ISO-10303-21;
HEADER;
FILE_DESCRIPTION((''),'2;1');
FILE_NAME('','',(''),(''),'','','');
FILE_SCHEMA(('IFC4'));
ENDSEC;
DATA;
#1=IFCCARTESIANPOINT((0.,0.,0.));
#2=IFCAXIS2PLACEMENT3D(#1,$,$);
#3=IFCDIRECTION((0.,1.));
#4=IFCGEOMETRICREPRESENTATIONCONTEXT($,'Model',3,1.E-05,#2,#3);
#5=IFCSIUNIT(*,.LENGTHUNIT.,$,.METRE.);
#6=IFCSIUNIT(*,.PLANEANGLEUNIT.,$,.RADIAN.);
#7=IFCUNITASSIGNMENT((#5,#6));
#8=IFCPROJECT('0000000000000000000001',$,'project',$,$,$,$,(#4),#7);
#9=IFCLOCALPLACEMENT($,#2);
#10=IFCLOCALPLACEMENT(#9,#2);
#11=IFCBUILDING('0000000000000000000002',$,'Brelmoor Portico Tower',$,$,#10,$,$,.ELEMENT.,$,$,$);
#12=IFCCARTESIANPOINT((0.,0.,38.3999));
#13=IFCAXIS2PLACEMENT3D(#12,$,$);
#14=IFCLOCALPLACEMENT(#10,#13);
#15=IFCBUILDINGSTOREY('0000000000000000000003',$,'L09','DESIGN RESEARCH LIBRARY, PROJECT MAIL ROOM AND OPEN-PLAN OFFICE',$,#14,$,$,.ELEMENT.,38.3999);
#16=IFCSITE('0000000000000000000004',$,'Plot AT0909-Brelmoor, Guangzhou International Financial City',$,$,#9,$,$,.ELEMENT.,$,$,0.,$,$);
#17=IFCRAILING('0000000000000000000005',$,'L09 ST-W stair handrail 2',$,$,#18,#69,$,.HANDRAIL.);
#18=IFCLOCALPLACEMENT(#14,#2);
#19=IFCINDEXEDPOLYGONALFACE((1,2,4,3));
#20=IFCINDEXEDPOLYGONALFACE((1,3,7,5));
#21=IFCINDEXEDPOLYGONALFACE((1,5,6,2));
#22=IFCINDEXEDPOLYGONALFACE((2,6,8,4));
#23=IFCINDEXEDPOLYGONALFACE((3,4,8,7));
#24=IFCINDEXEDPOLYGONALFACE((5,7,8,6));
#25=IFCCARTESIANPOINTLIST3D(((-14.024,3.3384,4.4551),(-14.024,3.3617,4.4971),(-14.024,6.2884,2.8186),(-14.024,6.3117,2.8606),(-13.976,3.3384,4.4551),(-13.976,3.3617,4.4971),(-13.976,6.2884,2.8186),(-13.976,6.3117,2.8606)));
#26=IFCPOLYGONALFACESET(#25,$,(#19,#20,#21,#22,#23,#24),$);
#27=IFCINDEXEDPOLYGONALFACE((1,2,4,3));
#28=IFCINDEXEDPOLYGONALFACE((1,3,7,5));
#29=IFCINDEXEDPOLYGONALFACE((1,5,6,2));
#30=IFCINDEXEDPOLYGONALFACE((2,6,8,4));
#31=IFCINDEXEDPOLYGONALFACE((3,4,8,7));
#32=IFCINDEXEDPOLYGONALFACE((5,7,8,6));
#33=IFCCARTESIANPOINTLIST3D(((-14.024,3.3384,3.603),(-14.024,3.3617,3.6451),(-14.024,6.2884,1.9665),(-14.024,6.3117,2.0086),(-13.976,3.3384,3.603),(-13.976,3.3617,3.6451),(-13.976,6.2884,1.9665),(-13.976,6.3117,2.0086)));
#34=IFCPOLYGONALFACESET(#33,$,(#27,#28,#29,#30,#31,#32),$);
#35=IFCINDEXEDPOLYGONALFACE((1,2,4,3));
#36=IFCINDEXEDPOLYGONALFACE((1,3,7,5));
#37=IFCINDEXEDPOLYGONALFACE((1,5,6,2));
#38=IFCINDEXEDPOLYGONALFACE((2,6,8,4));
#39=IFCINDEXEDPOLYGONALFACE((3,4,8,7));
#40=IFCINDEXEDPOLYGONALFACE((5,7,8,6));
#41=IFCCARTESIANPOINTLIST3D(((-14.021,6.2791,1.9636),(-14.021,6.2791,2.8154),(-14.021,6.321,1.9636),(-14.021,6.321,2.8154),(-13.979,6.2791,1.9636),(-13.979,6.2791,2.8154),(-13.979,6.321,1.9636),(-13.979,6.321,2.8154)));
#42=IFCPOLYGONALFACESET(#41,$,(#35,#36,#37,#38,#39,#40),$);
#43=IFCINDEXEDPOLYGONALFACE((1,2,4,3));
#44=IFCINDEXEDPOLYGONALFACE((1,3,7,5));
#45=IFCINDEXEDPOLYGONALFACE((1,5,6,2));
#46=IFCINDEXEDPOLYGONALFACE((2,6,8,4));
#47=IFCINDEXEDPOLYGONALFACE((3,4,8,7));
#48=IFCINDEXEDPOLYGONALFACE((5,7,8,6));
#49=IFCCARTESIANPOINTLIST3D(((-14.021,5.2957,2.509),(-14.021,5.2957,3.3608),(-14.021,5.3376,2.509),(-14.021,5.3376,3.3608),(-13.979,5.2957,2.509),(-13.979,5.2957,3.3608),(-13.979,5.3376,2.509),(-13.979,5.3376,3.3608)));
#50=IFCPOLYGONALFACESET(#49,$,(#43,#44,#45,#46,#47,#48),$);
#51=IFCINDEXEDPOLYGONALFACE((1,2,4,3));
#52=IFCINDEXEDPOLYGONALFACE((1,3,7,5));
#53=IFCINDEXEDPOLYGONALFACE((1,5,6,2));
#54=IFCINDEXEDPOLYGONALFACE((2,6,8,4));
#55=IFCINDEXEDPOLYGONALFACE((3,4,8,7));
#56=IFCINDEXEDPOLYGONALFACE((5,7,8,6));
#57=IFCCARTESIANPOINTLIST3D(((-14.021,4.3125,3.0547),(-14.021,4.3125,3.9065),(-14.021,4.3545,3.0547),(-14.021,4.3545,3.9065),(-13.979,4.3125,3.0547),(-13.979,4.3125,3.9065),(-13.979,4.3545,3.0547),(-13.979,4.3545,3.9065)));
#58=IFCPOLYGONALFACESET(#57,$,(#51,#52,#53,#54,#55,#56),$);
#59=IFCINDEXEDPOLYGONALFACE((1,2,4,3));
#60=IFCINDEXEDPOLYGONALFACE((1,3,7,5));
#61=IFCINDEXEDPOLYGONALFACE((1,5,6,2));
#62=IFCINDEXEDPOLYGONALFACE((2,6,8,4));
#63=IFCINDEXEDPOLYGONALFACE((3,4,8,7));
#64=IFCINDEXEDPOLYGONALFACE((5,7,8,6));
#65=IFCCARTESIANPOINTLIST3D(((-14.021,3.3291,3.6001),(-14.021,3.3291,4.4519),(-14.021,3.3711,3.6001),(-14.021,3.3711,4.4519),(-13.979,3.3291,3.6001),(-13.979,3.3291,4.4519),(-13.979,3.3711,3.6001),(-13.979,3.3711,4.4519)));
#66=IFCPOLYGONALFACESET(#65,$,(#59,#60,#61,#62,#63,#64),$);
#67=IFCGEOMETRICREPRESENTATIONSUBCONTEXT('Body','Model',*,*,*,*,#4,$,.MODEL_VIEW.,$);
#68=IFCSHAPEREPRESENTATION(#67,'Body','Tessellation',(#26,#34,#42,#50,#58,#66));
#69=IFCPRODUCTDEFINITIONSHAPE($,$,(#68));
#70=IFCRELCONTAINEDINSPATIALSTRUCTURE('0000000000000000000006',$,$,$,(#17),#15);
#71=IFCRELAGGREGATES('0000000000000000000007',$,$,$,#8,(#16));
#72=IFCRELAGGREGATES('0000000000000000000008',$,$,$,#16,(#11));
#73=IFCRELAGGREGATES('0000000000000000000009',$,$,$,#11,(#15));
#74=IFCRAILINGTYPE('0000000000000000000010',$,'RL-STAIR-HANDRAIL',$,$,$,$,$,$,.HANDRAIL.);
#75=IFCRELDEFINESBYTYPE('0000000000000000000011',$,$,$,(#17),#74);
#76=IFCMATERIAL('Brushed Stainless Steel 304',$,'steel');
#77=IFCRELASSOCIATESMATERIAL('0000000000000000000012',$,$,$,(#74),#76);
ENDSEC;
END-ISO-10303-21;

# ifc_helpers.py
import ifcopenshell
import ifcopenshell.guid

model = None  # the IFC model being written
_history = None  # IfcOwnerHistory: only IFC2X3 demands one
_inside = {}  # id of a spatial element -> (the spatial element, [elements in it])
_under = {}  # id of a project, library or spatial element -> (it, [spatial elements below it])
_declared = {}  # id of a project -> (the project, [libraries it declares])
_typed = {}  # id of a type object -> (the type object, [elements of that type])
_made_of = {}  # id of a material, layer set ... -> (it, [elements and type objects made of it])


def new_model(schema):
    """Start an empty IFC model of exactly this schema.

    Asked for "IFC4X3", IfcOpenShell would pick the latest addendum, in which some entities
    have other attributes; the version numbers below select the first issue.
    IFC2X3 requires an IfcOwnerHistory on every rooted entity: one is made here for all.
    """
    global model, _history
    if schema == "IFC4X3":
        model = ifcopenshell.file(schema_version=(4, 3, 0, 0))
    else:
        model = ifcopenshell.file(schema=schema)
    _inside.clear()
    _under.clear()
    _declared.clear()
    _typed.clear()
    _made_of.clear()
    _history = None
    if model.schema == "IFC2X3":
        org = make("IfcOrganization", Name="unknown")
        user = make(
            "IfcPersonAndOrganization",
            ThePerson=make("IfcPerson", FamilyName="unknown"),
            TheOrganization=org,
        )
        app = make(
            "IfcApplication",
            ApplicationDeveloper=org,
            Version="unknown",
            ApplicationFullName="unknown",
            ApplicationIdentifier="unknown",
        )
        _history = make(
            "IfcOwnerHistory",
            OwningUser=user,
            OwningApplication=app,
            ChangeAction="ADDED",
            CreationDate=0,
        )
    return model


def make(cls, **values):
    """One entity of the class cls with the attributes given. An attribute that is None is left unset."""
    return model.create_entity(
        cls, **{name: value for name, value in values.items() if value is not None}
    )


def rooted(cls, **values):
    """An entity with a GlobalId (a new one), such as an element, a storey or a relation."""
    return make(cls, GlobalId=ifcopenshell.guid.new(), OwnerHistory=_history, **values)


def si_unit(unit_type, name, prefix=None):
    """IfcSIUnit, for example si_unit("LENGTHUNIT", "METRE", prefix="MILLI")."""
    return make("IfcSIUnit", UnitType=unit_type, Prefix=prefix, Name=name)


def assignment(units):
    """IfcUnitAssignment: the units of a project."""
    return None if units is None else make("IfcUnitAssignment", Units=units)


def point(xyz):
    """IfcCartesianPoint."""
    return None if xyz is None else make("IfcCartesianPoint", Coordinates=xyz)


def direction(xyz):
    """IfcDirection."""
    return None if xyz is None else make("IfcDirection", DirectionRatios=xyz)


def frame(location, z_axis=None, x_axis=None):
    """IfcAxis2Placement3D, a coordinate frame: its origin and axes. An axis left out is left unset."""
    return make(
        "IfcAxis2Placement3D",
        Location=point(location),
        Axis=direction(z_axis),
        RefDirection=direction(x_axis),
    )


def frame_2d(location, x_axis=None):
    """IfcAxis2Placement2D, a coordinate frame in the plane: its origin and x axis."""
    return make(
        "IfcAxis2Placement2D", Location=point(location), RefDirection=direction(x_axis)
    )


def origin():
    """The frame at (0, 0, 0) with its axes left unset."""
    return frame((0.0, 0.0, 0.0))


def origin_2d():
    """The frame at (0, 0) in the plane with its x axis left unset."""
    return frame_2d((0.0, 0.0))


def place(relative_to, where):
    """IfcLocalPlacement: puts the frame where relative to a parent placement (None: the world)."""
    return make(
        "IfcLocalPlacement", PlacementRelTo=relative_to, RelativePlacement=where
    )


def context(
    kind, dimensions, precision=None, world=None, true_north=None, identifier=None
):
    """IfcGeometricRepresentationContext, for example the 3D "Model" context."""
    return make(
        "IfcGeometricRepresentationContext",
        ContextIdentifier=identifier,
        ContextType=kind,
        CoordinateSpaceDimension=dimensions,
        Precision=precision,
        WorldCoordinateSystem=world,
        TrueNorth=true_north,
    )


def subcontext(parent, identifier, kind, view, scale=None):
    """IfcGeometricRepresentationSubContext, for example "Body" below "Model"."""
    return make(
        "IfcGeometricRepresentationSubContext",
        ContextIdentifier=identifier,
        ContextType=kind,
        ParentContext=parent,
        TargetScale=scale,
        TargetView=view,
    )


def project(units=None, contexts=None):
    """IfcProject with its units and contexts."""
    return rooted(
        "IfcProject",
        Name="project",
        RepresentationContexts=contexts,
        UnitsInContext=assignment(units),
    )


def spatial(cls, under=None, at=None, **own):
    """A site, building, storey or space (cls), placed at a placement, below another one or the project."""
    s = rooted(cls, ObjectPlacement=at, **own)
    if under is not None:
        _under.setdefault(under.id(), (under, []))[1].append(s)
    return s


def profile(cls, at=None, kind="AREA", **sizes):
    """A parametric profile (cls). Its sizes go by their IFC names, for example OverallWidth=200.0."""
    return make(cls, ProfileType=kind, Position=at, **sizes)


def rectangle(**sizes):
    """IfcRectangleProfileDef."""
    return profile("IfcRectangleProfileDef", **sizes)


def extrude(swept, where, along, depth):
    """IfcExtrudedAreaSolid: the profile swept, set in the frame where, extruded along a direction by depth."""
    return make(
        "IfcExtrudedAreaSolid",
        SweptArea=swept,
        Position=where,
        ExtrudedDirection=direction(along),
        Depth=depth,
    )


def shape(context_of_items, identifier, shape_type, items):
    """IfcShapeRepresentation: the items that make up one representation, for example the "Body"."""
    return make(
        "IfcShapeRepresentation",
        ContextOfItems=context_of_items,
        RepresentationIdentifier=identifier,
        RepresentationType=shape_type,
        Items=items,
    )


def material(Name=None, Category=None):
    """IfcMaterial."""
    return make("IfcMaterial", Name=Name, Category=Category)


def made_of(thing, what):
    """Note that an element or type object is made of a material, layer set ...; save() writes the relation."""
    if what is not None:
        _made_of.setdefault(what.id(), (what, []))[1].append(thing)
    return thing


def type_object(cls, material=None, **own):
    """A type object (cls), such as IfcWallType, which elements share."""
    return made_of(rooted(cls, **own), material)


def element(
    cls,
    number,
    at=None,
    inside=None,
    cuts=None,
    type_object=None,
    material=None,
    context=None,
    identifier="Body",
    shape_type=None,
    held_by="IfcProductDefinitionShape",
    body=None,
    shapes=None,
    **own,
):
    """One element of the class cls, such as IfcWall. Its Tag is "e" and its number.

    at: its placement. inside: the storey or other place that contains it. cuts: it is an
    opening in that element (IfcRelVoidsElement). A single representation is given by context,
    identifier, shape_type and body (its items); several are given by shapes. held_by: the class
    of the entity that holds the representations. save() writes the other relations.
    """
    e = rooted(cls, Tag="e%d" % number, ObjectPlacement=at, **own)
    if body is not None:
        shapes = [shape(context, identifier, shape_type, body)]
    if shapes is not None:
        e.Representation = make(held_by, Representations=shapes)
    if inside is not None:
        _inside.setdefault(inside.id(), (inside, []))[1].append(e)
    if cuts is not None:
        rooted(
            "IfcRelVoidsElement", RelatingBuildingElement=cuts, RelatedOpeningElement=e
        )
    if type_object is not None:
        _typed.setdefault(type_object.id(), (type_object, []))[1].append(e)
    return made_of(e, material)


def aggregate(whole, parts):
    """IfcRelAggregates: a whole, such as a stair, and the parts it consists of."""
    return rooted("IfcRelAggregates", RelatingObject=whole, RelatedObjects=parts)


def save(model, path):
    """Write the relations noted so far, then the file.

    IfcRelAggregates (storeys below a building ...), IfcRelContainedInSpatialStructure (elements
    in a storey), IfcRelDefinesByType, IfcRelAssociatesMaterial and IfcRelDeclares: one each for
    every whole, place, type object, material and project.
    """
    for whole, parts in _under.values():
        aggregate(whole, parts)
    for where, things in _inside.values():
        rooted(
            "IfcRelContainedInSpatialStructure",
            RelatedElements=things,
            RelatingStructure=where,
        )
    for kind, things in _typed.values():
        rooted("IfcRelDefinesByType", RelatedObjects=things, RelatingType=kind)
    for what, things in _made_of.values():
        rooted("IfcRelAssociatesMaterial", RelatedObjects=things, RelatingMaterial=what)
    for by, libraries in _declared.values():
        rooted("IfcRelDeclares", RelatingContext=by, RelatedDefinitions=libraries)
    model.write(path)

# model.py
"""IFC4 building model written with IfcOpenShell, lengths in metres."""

from ifc_helpers import new_model, si_unit, direction, frame, origin, origin_2d, place, context, subcontext, project, spatial, rectangle, extrude, material, type_object, element, save


model = new_model("IFC4")

# Units and contexts
model_context = context("Model", 3, precision=1e-05, world=origin(), true_north=direction((0.0, 1.0)))
body_context = subcontext(model_context, "Body", "Model", "MODEL_VIEW")
ifc_project = project(units=[si_unit("LENGTHUNIT", "METRE"), si_unit("PLANEANGLEUNIT", "RADIAN")], contexts=[model_context])

# Site, building, storey
site_placement = place(None, origin())
site = spatial("IfcSite", under=ifc_project, at=site_placement, Name="Plot AT0909-Brelmoor, Guangzhou International Financial City", CompositionType="ELEMENT", RefElevation=0.0)
building_placement = place(site_placement, origin())
building = spatial("IfcBuilding", under=site, at=building_placement, Name="Brelmoor Portico Tower", CompositionType="ELEMENT")
storey_placement = place(building_placement, frame((0.0, 0.0, 38.3999)))
storey = spatial("IfcBuildingStorey", under=building, at=storey_placement, Name="L09", Description="DESIGN RESEARCH LIBRARY, PROJECT MAIL ROOM AND OPEN-PLAN OFFICE", CompositionType="ELEMENT", Elevation=38.3999)

# Railing
ifc_material_1 = material(Name="Brushed Stainless Steel 304", Category="steel")
railing_type_1 = type_object("IfcRailingType", Name="RL-STAIR-HANDRAIL", PredefinedType="HANDRAIL", material=ifc_material_1)
railing_1_placement = place(storey_placement, frame((-14.0, 6.3, 1.9636)))
element("IfcRailing", 1, at=railing_1_placement, inside=storey, type_object=railing_type_1, Name="L09 ST-W stair handrail 2", PredefinedType="HANDRAIL", context=body_context, shape_type="SweptSolid", body=[
    extrude(rectangle(XDim=0.0481, YDim=0.0481, at=origin_2d()), frame((0.0, 0.0, 0.876), z_axis=(0.0, -0.874458, 0.485102), x_axis=(1.0, 0.0, 0.0)), (0.0, 0.0, 1.0), 3.3735),
    extrude(rectangle(XDim=0.0481, YDim=0.0481, at=origin_2d()), frame((0.0, 0.0, 0.0239), z_axis=(0.0, -0.874458, 0.485102), x_axis=(1.0, 0.0, 0.0)), (0.0, 0.0, 1.0), 3.3735),
    extrude(rectangle(XDim=0.042, YDim=0.042, at=origin_2d()), origin(), (0.0, 0.0, 1.0), 0.8518),
    extrude(rectangle(XDim=0.042, YDim=0.042, at=origin_2d()), frame((0.0, -0.9834, 0.5454)), (0.0, 0.0, 1.0), 0.8518),
    extrude(rectangle(XDim=0.042, YDim=0.042, at=origin_2d()), frame((0.0, -1.9666, 1.0911)), (0.0, 0.0, 1.0), 0.8518),
    extrude(rectangle(XDim=0.042, YDim=0.042, at=origin_2d()), frame((0.0, -2.95, 1.6365)), (0.0, 0.0, 1.0), 0.8518),
])

save(model, "model.ifc")
